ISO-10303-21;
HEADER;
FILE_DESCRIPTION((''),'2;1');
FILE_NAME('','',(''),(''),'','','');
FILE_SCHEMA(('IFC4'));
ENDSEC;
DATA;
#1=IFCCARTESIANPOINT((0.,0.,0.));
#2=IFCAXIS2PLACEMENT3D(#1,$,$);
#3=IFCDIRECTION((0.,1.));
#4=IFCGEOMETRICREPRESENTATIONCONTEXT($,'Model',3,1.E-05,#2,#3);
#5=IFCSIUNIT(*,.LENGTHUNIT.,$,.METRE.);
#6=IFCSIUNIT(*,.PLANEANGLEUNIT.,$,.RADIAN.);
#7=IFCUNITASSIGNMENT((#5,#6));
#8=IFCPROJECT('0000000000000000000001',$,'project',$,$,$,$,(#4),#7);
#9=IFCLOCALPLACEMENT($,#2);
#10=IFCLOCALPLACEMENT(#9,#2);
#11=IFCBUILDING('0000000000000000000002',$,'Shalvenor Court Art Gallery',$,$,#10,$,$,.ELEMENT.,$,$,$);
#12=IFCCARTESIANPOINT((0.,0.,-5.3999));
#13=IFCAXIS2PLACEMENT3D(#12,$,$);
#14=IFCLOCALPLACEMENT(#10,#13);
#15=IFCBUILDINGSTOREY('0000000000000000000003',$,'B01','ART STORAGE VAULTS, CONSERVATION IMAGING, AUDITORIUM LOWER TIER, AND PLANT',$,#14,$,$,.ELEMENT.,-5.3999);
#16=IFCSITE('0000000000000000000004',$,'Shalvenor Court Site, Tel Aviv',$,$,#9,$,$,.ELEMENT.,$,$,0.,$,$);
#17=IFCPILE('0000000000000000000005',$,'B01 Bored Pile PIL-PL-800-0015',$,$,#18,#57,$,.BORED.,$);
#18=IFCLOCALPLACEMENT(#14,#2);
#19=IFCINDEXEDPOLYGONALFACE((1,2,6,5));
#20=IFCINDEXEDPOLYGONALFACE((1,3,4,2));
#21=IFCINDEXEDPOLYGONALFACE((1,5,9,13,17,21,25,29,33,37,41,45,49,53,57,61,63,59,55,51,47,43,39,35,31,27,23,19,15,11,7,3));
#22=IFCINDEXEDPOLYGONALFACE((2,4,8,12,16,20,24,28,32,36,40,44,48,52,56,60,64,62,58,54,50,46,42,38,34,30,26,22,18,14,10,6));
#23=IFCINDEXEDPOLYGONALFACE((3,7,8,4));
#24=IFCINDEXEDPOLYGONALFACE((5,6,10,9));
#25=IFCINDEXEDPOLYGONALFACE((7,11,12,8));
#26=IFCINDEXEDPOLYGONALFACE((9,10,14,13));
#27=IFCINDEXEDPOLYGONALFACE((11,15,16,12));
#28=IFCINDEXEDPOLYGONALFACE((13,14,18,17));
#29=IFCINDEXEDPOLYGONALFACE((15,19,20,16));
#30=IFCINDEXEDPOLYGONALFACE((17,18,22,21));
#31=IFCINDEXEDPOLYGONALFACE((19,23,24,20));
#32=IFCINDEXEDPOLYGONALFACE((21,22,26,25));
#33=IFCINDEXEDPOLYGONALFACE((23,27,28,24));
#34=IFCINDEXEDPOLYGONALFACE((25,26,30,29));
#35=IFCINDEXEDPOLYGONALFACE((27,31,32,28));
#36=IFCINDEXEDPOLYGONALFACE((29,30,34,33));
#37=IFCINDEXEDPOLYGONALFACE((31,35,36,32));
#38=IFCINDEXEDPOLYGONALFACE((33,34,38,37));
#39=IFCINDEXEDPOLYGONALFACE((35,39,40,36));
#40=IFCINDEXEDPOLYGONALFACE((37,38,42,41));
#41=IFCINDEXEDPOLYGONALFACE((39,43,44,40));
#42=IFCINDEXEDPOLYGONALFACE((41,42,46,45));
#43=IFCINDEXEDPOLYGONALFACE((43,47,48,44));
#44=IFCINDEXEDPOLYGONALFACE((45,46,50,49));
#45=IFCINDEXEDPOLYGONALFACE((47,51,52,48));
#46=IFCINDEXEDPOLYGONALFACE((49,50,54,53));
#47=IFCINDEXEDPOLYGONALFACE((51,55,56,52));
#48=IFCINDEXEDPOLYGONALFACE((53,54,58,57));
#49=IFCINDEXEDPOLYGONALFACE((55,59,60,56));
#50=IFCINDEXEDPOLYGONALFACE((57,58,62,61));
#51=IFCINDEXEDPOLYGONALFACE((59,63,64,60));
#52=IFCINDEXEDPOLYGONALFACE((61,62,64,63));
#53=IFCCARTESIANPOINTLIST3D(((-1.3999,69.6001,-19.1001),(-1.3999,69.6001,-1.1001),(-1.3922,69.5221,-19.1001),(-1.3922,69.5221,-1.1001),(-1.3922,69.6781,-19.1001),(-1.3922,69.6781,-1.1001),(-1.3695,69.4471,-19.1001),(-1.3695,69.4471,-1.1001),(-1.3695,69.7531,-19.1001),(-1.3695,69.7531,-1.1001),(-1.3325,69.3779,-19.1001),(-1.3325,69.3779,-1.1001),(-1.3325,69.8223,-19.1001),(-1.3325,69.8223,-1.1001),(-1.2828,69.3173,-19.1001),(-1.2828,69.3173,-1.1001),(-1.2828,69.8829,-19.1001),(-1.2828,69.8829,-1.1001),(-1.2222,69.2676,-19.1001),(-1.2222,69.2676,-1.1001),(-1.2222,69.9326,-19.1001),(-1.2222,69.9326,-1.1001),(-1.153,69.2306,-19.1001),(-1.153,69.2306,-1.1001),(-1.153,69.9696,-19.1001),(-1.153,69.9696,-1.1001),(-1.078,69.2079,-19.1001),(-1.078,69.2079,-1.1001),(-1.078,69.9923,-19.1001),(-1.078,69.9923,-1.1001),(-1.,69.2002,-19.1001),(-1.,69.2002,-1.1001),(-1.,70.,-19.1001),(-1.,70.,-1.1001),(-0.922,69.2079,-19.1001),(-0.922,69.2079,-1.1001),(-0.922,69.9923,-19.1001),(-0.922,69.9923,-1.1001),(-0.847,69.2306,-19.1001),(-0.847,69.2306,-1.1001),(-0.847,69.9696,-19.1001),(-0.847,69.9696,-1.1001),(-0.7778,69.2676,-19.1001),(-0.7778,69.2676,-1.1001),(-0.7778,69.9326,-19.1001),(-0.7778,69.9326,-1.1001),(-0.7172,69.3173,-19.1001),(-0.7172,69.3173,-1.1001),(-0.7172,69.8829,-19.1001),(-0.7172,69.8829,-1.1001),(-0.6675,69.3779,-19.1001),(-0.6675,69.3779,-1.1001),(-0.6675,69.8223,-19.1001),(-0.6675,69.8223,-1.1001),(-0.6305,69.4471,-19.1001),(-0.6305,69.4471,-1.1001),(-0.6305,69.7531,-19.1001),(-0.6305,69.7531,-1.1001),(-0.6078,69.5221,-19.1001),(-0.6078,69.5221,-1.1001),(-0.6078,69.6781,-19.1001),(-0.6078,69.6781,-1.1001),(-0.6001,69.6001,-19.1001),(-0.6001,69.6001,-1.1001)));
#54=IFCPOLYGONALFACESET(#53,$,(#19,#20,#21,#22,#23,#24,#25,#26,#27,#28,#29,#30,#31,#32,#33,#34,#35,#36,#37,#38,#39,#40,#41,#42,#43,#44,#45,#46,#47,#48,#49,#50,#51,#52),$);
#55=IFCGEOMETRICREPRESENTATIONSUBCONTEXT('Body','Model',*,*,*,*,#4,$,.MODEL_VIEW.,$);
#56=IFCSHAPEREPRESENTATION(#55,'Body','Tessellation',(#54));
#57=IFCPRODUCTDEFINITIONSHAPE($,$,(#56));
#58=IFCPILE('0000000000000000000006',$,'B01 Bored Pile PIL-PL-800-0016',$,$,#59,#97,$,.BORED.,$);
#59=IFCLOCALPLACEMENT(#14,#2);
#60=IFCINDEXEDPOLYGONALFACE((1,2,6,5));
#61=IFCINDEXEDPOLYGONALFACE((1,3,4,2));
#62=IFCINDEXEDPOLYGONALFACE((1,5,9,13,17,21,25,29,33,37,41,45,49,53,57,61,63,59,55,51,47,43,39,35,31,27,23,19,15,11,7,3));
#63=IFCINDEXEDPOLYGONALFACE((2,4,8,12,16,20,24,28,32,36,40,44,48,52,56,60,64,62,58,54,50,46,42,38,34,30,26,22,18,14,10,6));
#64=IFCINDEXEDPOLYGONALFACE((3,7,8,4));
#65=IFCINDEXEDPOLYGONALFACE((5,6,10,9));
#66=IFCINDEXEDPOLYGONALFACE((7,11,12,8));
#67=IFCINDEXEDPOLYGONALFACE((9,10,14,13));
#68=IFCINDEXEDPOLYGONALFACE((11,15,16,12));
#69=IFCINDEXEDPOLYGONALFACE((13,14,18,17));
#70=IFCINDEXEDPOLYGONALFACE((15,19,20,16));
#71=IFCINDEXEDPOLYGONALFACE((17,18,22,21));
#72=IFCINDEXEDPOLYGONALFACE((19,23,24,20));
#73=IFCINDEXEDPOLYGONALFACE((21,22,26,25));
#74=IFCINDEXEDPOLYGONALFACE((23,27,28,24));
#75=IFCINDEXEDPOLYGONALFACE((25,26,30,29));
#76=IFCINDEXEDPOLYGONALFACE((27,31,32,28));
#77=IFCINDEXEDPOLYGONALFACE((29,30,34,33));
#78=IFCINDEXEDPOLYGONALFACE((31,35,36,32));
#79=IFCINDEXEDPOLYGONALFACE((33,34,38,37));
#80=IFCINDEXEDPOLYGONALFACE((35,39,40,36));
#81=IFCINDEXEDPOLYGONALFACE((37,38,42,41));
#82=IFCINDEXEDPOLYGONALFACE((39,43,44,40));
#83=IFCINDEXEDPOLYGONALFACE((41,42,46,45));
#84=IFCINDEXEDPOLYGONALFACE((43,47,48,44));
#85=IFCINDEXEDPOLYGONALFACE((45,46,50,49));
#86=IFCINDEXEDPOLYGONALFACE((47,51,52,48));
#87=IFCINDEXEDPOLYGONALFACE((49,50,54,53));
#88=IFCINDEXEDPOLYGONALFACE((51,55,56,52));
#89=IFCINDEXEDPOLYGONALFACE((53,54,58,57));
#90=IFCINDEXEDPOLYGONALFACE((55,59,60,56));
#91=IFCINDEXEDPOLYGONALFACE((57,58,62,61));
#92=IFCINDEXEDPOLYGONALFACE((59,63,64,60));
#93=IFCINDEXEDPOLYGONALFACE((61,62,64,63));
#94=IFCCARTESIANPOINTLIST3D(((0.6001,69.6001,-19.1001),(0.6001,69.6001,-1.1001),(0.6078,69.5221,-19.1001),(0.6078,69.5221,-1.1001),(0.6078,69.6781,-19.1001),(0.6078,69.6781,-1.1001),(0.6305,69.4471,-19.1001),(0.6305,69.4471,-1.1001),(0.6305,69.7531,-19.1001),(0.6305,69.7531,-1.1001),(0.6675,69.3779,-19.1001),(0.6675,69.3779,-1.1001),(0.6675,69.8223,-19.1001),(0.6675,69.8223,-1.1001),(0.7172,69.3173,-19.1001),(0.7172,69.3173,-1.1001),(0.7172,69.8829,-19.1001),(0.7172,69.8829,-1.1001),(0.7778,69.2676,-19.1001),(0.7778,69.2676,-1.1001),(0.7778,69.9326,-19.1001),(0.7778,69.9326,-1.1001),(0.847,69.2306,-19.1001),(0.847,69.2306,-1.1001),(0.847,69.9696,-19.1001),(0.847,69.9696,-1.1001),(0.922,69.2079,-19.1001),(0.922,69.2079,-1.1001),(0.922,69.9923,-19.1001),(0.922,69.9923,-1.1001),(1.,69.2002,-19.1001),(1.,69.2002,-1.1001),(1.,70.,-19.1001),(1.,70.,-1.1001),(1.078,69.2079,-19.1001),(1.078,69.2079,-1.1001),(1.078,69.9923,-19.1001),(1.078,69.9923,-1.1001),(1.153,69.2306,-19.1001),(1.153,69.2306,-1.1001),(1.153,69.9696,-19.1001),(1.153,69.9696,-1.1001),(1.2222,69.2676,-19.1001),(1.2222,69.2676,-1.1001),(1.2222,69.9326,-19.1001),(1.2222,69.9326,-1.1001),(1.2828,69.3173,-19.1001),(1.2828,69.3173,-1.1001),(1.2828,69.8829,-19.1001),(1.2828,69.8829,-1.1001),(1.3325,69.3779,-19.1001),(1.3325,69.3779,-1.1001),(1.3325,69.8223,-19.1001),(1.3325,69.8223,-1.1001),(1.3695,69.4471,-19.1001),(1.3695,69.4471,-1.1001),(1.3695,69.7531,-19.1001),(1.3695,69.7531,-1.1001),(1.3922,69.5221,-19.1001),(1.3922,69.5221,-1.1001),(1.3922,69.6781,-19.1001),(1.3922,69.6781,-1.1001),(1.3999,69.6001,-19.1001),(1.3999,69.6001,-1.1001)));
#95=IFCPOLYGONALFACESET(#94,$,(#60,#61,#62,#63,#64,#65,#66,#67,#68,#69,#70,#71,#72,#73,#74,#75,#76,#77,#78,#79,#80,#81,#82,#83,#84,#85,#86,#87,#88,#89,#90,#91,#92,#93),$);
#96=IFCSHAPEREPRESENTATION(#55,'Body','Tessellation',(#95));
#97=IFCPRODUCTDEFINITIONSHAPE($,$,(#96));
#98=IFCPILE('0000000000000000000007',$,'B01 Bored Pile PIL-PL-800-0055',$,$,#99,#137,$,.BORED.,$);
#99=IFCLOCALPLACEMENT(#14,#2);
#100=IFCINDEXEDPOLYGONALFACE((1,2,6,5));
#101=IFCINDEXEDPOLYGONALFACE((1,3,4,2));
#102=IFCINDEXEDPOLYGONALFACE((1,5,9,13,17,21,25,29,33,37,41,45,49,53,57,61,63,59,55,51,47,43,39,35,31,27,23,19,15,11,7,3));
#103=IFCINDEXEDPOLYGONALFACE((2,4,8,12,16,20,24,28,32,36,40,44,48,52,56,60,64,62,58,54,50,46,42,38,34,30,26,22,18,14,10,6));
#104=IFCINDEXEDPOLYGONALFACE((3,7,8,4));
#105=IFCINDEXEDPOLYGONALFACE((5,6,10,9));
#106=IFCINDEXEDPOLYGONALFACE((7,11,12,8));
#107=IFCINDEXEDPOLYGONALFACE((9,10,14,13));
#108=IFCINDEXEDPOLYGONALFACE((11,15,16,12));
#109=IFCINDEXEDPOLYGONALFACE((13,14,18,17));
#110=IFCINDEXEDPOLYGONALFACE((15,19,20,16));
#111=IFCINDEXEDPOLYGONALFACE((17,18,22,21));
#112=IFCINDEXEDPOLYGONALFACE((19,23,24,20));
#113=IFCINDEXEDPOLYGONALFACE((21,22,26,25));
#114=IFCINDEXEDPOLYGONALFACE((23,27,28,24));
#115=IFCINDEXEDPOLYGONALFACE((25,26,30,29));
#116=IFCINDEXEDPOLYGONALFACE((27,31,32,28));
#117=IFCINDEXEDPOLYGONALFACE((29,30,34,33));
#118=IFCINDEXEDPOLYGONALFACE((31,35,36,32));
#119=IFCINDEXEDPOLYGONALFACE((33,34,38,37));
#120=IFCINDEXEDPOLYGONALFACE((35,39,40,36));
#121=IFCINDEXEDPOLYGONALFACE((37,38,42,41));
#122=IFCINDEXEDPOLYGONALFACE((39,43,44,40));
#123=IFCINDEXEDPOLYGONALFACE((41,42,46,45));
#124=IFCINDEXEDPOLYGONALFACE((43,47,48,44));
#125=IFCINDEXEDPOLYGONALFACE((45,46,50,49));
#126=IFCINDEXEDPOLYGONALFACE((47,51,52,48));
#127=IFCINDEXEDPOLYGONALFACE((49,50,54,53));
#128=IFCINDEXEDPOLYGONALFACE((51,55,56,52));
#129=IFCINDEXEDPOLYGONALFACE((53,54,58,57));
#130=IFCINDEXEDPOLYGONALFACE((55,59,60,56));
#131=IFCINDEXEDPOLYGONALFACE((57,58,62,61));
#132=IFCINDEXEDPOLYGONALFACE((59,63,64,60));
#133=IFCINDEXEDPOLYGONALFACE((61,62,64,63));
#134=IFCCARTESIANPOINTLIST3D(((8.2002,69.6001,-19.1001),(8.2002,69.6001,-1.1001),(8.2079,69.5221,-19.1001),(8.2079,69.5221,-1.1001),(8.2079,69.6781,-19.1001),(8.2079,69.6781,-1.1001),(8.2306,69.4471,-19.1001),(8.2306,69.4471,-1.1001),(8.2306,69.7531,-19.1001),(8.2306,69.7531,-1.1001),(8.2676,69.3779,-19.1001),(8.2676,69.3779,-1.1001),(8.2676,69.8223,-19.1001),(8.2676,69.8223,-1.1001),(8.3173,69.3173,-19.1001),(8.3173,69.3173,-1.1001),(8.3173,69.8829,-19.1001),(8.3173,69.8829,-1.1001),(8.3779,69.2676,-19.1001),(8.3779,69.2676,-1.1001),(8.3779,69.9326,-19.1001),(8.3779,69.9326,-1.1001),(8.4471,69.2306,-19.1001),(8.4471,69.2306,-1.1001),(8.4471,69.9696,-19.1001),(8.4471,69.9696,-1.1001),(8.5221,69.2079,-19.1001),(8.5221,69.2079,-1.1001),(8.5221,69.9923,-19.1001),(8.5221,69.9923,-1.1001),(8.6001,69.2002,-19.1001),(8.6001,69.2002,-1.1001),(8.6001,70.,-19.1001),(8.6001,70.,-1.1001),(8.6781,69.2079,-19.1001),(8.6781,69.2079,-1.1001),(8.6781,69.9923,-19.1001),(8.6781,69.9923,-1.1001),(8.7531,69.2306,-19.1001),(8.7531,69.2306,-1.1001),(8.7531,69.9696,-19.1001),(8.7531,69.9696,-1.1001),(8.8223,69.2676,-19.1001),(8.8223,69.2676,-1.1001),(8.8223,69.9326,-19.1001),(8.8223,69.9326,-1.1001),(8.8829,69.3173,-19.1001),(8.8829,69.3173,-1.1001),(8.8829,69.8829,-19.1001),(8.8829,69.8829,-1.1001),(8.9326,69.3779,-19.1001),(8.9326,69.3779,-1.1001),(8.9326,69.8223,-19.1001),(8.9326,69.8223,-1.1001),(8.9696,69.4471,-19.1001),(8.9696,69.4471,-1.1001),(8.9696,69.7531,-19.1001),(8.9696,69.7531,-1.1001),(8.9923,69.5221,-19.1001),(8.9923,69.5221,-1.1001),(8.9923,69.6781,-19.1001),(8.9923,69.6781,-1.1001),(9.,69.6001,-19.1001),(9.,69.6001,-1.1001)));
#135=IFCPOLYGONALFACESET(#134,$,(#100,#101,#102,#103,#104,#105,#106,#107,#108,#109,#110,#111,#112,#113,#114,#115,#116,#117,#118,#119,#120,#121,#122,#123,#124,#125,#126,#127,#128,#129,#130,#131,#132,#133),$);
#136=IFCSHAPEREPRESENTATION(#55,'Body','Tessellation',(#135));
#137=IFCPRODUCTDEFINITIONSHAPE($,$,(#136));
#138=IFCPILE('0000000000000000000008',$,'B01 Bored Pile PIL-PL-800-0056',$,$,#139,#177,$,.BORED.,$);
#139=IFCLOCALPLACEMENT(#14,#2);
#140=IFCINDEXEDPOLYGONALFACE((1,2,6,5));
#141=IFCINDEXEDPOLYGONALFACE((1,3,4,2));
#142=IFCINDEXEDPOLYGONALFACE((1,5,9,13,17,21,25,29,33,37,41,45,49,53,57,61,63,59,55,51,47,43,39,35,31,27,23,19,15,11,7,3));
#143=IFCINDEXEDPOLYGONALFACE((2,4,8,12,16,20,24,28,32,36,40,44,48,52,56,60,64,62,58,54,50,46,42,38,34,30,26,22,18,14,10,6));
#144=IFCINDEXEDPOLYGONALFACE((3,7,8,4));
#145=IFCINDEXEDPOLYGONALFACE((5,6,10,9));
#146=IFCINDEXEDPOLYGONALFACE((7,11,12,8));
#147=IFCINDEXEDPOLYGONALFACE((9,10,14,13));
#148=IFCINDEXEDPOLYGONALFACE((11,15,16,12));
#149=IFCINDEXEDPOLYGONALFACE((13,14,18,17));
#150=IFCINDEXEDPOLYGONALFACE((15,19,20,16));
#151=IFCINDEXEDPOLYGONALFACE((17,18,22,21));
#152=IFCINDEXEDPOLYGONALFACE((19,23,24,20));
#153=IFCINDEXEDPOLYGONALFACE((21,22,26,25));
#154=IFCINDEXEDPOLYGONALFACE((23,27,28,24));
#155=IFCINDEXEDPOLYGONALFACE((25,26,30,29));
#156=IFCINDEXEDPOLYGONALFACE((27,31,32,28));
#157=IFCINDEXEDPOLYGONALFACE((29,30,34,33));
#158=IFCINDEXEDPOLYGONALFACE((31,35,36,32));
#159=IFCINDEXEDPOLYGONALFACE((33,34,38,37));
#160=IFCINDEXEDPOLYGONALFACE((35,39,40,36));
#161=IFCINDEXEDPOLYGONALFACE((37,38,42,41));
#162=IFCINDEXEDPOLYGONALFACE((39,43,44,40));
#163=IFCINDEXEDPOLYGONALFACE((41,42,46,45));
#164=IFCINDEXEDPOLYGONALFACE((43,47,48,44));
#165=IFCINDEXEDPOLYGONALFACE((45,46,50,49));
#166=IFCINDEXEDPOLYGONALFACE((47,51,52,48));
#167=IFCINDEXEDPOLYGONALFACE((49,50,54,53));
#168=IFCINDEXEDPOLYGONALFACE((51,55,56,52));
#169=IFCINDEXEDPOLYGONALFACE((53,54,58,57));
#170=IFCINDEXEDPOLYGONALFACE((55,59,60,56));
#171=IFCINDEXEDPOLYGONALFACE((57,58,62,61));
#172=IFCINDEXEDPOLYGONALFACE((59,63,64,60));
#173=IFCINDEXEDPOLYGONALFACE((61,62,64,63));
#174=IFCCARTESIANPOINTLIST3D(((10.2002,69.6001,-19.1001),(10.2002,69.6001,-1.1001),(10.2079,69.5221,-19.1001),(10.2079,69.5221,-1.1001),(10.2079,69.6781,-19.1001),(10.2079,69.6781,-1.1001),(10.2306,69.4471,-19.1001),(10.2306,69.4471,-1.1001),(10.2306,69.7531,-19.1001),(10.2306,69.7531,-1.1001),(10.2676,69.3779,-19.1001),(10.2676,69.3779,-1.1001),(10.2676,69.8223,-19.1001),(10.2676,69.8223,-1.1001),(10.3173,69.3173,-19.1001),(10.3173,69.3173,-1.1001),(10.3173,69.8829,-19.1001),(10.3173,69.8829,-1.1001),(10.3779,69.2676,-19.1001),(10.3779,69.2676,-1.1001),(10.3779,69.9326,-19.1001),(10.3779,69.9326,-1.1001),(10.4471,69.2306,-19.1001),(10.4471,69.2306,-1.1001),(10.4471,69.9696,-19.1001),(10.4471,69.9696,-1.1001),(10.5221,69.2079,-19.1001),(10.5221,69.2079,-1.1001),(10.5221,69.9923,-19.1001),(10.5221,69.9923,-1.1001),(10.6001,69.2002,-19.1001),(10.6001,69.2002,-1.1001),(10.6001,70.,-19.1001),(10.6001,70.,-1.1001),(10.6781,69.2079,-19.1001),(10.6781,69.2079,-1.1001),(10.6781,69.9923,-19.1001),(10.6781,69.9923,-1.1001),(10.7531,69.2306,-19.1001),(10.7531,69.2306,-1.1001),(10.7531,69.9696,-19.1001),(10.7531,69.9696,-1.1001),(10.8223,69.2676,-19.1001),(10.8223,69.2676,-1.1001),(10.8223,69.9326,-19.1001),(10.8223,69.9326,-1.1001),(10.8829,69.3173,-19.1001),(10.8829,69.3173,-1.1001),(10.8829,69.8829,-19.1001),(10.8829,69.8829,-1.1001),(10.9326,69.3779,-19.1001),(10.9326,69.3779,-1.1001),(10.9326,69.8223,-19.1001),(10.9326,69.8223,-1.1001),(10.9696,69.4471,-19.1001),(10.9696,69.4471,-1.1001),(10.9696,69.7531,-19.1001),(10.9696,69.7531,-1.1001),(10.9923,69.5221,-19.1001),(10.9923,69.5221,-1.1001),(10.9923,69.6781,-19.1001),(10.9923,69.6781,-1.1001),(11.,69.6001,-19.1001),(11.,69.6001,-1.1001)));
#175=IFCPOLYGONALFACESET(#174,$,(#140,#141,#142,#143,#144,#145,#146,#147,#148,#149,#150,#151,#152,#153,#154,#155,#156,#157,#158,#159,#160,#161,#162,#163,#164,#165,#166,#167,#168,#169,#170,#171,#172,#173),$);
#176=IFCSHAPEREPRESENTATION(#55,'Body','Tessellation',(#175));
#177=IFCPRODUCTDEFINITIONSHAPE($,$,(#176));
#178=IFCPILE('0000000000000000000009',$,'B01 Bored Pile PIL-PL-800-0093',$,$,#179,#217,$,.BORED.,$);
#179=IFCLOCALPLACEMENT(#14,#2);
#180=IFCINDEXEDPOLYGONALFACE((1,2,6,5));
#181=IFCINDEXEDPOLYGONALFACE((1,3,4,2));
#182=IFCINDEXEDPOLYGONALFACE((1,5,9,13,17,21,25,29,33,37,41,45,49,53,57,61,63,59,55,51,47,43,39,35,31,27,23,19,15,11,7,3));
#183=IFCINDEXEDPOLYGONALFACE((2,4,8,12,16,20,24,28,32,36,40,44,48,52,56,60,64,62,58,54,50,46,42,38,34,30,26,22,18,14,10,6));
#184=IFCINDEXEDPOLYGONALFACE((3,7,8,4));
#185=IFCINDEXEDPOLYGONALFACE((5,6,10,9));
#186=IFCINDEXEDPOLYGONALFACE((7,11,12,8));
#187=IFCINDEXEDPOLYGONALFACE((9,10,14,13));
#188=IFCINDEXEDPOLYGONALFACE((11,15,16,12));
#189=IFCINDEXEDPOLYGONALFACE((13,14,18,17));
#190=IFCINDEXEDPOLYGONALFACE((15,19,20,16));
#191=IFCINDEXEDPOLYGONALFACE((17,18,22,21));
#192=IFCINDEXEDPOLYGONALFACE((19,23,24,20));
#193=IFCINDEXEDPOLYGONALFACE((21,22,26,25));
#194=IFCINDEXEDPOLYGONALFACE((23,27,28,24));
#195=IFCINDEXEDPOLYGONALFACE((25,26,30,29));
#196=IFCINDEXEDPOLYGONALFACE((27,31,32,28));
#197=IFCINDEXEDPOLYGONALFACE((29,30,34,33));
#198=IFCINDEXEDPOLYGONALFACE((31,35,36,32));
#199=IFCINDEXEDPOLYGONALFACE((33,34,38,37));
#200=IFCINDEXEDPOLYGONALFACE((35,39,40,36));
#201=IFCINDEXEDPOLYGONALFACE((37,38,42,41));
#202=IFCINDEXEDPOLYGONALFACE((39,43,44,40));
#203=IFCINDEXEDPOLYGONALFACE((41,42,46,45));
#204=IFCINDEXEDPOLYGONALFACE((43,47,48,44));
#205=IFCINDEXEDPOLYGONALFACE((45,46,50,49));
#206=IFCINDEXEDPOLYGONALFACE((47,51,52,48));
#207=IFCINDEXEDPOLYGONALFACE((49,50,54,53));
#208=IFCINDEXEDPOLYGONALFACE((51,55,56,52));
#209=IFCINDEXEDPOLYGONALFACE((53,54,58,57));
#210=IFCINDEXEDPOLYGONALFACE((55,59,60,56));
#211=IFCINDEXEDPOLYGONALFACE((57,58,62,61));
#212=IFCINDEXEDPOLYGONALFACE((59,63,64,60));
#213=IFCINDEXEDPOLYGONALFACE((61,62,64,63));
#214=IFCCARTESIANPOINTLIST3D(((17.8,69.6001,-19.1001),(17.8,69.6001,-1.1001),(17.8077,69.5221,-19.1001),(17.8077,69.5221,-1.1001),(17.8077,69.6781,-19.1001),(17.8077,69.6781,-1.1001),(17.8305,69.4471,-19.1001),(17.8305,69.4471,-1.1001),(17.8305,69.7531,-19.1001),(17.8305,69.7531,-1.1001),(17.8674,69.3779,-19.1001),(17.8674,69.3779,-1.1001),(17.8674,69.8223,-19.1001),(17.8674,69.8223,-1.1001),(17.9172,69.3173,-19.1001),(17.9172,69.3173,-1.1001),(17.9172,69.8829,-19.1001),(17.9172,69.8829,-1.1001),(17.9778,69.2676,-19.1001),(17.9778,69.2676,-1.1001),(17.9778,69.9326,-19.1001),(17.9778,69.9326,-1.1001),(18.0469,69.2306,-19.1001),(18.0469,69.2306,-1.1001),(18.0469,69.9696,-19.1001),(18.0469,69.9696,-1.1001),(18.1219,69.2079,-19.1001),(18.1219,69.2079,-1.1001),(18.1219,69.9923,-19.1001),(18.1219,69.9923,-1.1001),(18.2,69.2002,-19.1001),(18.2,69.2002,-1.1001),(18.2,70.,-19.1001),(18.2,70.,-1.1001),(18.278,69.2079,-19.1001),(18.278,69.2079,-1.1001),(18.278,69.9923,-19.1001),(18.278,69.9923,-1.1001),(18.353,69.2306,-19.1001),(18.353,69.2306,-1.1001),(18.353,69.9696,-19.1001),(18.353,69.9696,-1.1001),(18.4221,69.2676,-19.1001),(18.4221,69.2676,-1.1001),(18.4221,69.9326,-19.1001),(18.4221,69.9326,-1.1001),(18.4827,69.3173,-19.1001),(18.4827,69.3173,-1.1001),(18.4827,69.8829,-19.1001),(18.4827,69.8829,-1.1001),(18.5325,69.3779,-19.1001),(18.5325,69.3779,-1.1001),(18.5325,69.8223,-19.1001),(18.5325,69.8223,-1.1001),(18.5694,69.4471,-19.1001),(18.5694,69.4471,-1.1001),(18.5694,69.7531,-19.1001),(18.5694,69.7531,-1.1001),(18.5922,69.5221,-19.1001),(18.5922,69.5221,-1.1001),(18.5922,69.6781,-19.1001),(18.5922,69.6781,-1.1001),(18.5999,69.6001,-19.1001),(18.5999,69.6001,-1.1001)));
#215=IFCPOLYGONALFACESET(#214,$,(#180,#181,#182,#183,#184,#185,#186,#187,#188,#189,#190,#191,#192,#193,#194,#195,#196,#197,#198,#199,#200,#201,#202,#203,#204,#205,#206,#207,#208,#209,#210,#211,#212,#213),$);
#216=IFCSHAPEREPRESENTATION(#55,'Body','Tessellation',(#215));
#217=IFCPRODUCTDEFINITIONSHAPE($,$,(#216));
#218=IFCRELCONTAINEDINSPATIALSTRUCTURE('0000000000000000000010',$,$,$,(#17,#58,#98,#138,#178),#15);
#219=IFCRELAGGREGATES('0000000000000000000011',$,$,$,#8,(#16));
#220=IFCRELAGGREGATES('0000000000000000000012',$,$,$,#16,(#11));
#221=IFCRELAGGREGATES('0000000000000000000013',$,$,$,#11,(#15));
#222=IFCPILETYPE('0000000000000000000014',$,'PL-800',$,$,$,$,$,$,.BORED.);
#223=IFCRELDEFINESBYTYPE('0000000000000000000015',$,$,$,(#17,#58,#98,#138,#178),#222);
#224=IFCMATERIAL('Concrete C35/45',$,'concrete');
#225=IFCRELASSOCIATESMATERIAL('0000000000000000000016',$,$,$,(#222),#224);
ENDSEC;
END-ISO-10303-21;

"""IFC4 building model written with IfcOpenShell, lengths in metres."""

from ifc_helpers import new_model, si_unit, direction, frame, origin, origin_2d, place, context, subcontext, project, spatial, circle, extrude, material, material_profile, profile_set, type_object, element, save


model = new_model("IFC4")

# Units and contexts
model_context = context("Model", 3, precision=1e-05, world=origin(), true_north=direction((0.0, 1.0)))
body_context = subcontext(model_context, "Body", "Model", "MODEL_VIEW")
ifc_project = project(units=[si_unit("LENGTHUNIT", "METRE"), si_unit("PLANEANGLEUNIT", "RADIAN")], contexts=[model_context])

# Site, building, storey
site_placement = place(None, origin())
site = spatial("IfcSite", under=ifc_project, at=site_placement, Name="Shalvenor Court Site, Tel Aviv", CompositionType="ELEMENT", RefElevation=0.0)
building_placement = place(site_placement, origin())
building = spatial("IfcBuilding", under=site, at=building_placement, Name="Shalvenor Court Art Gallery", CompositionType="ELEMENT")
storey_placement = place(building_placement, frame((0.0, 0.0, -5.3999)))
storey = spatial("IfcBuildingStorey", under=building, at=storey_placement, Name="B01", Description="ART STORAGE VAULTS, CONSERVATION IMAGING, AUDITORIUM LOWER TIER, AND PLANT", CompositionType="ELEMENT", Elevation=-5.3999)

# Piles
ifc_material_1 = material(Name="Concrete C35/45", Category="concrete")
ifc_material_profile_1 = material_profile(ifc_material_1, circle(Radius=0.3999, at=origin_2d()), Name="PILE 800")
ifc_profile_set_1 = profile_set([ifc_material_profile_1], Name="Concrete C35/45")
pile_type_1 = type_object("IfcPileType", Name="PL-800", PredefinedType="BORED", material=ifc_profile_set_1)
for number, where, z_axis, x_axis, name in (
    (1, (-1.0, 69.6001, -1.1001), (0.0, 0.0, -1.0), (1.0, 0.0, 0.0), "B01 Bored Pile PIL-PL-800-0015"),
    (2, (1.0, 69.6001, -1.1001), (0.0, 0.0, -1.0), (1.0, 0.0, 0.0), "B01 Bored Pile PIL-PL-800-0016"),
    (3, (8.6001, 69.6001, -1.1001), (0.0, 0.0, -1.0), (1.0, 0.0, 0.0), "B01 Bored Pile PIL-PL-800-0055"),
    (4, (10.6001, 69.6001, -1.1001), (0.0, 0.0, -1.0), (1.0, 0.0, 0.0), "B01 Bored Pile PIL-PL-800-0056"),
    (5, (18.2, 69.6001, -1.1001), (0.0, 0.0, -1.0), (1.0, 0.0, 0.0), "B01 Bored Pile PIL-PL-800-0093"),
):
    element("IfcPile", number, at=place(storey_placement, frame(where, z_axis=z_axis, x_axis=x_axis)), inside=storey, type_object=pile_type_1, Name=name, PredefinedType="BORED", context=body_context, shape_type="SweptSolid", body=[
        extrude(circle(Radius=0.3999, at=origin_2d()), origin(), (0.0, 0.0, 1.0), 18.0),
    ])

save(model, "model.ifc")
